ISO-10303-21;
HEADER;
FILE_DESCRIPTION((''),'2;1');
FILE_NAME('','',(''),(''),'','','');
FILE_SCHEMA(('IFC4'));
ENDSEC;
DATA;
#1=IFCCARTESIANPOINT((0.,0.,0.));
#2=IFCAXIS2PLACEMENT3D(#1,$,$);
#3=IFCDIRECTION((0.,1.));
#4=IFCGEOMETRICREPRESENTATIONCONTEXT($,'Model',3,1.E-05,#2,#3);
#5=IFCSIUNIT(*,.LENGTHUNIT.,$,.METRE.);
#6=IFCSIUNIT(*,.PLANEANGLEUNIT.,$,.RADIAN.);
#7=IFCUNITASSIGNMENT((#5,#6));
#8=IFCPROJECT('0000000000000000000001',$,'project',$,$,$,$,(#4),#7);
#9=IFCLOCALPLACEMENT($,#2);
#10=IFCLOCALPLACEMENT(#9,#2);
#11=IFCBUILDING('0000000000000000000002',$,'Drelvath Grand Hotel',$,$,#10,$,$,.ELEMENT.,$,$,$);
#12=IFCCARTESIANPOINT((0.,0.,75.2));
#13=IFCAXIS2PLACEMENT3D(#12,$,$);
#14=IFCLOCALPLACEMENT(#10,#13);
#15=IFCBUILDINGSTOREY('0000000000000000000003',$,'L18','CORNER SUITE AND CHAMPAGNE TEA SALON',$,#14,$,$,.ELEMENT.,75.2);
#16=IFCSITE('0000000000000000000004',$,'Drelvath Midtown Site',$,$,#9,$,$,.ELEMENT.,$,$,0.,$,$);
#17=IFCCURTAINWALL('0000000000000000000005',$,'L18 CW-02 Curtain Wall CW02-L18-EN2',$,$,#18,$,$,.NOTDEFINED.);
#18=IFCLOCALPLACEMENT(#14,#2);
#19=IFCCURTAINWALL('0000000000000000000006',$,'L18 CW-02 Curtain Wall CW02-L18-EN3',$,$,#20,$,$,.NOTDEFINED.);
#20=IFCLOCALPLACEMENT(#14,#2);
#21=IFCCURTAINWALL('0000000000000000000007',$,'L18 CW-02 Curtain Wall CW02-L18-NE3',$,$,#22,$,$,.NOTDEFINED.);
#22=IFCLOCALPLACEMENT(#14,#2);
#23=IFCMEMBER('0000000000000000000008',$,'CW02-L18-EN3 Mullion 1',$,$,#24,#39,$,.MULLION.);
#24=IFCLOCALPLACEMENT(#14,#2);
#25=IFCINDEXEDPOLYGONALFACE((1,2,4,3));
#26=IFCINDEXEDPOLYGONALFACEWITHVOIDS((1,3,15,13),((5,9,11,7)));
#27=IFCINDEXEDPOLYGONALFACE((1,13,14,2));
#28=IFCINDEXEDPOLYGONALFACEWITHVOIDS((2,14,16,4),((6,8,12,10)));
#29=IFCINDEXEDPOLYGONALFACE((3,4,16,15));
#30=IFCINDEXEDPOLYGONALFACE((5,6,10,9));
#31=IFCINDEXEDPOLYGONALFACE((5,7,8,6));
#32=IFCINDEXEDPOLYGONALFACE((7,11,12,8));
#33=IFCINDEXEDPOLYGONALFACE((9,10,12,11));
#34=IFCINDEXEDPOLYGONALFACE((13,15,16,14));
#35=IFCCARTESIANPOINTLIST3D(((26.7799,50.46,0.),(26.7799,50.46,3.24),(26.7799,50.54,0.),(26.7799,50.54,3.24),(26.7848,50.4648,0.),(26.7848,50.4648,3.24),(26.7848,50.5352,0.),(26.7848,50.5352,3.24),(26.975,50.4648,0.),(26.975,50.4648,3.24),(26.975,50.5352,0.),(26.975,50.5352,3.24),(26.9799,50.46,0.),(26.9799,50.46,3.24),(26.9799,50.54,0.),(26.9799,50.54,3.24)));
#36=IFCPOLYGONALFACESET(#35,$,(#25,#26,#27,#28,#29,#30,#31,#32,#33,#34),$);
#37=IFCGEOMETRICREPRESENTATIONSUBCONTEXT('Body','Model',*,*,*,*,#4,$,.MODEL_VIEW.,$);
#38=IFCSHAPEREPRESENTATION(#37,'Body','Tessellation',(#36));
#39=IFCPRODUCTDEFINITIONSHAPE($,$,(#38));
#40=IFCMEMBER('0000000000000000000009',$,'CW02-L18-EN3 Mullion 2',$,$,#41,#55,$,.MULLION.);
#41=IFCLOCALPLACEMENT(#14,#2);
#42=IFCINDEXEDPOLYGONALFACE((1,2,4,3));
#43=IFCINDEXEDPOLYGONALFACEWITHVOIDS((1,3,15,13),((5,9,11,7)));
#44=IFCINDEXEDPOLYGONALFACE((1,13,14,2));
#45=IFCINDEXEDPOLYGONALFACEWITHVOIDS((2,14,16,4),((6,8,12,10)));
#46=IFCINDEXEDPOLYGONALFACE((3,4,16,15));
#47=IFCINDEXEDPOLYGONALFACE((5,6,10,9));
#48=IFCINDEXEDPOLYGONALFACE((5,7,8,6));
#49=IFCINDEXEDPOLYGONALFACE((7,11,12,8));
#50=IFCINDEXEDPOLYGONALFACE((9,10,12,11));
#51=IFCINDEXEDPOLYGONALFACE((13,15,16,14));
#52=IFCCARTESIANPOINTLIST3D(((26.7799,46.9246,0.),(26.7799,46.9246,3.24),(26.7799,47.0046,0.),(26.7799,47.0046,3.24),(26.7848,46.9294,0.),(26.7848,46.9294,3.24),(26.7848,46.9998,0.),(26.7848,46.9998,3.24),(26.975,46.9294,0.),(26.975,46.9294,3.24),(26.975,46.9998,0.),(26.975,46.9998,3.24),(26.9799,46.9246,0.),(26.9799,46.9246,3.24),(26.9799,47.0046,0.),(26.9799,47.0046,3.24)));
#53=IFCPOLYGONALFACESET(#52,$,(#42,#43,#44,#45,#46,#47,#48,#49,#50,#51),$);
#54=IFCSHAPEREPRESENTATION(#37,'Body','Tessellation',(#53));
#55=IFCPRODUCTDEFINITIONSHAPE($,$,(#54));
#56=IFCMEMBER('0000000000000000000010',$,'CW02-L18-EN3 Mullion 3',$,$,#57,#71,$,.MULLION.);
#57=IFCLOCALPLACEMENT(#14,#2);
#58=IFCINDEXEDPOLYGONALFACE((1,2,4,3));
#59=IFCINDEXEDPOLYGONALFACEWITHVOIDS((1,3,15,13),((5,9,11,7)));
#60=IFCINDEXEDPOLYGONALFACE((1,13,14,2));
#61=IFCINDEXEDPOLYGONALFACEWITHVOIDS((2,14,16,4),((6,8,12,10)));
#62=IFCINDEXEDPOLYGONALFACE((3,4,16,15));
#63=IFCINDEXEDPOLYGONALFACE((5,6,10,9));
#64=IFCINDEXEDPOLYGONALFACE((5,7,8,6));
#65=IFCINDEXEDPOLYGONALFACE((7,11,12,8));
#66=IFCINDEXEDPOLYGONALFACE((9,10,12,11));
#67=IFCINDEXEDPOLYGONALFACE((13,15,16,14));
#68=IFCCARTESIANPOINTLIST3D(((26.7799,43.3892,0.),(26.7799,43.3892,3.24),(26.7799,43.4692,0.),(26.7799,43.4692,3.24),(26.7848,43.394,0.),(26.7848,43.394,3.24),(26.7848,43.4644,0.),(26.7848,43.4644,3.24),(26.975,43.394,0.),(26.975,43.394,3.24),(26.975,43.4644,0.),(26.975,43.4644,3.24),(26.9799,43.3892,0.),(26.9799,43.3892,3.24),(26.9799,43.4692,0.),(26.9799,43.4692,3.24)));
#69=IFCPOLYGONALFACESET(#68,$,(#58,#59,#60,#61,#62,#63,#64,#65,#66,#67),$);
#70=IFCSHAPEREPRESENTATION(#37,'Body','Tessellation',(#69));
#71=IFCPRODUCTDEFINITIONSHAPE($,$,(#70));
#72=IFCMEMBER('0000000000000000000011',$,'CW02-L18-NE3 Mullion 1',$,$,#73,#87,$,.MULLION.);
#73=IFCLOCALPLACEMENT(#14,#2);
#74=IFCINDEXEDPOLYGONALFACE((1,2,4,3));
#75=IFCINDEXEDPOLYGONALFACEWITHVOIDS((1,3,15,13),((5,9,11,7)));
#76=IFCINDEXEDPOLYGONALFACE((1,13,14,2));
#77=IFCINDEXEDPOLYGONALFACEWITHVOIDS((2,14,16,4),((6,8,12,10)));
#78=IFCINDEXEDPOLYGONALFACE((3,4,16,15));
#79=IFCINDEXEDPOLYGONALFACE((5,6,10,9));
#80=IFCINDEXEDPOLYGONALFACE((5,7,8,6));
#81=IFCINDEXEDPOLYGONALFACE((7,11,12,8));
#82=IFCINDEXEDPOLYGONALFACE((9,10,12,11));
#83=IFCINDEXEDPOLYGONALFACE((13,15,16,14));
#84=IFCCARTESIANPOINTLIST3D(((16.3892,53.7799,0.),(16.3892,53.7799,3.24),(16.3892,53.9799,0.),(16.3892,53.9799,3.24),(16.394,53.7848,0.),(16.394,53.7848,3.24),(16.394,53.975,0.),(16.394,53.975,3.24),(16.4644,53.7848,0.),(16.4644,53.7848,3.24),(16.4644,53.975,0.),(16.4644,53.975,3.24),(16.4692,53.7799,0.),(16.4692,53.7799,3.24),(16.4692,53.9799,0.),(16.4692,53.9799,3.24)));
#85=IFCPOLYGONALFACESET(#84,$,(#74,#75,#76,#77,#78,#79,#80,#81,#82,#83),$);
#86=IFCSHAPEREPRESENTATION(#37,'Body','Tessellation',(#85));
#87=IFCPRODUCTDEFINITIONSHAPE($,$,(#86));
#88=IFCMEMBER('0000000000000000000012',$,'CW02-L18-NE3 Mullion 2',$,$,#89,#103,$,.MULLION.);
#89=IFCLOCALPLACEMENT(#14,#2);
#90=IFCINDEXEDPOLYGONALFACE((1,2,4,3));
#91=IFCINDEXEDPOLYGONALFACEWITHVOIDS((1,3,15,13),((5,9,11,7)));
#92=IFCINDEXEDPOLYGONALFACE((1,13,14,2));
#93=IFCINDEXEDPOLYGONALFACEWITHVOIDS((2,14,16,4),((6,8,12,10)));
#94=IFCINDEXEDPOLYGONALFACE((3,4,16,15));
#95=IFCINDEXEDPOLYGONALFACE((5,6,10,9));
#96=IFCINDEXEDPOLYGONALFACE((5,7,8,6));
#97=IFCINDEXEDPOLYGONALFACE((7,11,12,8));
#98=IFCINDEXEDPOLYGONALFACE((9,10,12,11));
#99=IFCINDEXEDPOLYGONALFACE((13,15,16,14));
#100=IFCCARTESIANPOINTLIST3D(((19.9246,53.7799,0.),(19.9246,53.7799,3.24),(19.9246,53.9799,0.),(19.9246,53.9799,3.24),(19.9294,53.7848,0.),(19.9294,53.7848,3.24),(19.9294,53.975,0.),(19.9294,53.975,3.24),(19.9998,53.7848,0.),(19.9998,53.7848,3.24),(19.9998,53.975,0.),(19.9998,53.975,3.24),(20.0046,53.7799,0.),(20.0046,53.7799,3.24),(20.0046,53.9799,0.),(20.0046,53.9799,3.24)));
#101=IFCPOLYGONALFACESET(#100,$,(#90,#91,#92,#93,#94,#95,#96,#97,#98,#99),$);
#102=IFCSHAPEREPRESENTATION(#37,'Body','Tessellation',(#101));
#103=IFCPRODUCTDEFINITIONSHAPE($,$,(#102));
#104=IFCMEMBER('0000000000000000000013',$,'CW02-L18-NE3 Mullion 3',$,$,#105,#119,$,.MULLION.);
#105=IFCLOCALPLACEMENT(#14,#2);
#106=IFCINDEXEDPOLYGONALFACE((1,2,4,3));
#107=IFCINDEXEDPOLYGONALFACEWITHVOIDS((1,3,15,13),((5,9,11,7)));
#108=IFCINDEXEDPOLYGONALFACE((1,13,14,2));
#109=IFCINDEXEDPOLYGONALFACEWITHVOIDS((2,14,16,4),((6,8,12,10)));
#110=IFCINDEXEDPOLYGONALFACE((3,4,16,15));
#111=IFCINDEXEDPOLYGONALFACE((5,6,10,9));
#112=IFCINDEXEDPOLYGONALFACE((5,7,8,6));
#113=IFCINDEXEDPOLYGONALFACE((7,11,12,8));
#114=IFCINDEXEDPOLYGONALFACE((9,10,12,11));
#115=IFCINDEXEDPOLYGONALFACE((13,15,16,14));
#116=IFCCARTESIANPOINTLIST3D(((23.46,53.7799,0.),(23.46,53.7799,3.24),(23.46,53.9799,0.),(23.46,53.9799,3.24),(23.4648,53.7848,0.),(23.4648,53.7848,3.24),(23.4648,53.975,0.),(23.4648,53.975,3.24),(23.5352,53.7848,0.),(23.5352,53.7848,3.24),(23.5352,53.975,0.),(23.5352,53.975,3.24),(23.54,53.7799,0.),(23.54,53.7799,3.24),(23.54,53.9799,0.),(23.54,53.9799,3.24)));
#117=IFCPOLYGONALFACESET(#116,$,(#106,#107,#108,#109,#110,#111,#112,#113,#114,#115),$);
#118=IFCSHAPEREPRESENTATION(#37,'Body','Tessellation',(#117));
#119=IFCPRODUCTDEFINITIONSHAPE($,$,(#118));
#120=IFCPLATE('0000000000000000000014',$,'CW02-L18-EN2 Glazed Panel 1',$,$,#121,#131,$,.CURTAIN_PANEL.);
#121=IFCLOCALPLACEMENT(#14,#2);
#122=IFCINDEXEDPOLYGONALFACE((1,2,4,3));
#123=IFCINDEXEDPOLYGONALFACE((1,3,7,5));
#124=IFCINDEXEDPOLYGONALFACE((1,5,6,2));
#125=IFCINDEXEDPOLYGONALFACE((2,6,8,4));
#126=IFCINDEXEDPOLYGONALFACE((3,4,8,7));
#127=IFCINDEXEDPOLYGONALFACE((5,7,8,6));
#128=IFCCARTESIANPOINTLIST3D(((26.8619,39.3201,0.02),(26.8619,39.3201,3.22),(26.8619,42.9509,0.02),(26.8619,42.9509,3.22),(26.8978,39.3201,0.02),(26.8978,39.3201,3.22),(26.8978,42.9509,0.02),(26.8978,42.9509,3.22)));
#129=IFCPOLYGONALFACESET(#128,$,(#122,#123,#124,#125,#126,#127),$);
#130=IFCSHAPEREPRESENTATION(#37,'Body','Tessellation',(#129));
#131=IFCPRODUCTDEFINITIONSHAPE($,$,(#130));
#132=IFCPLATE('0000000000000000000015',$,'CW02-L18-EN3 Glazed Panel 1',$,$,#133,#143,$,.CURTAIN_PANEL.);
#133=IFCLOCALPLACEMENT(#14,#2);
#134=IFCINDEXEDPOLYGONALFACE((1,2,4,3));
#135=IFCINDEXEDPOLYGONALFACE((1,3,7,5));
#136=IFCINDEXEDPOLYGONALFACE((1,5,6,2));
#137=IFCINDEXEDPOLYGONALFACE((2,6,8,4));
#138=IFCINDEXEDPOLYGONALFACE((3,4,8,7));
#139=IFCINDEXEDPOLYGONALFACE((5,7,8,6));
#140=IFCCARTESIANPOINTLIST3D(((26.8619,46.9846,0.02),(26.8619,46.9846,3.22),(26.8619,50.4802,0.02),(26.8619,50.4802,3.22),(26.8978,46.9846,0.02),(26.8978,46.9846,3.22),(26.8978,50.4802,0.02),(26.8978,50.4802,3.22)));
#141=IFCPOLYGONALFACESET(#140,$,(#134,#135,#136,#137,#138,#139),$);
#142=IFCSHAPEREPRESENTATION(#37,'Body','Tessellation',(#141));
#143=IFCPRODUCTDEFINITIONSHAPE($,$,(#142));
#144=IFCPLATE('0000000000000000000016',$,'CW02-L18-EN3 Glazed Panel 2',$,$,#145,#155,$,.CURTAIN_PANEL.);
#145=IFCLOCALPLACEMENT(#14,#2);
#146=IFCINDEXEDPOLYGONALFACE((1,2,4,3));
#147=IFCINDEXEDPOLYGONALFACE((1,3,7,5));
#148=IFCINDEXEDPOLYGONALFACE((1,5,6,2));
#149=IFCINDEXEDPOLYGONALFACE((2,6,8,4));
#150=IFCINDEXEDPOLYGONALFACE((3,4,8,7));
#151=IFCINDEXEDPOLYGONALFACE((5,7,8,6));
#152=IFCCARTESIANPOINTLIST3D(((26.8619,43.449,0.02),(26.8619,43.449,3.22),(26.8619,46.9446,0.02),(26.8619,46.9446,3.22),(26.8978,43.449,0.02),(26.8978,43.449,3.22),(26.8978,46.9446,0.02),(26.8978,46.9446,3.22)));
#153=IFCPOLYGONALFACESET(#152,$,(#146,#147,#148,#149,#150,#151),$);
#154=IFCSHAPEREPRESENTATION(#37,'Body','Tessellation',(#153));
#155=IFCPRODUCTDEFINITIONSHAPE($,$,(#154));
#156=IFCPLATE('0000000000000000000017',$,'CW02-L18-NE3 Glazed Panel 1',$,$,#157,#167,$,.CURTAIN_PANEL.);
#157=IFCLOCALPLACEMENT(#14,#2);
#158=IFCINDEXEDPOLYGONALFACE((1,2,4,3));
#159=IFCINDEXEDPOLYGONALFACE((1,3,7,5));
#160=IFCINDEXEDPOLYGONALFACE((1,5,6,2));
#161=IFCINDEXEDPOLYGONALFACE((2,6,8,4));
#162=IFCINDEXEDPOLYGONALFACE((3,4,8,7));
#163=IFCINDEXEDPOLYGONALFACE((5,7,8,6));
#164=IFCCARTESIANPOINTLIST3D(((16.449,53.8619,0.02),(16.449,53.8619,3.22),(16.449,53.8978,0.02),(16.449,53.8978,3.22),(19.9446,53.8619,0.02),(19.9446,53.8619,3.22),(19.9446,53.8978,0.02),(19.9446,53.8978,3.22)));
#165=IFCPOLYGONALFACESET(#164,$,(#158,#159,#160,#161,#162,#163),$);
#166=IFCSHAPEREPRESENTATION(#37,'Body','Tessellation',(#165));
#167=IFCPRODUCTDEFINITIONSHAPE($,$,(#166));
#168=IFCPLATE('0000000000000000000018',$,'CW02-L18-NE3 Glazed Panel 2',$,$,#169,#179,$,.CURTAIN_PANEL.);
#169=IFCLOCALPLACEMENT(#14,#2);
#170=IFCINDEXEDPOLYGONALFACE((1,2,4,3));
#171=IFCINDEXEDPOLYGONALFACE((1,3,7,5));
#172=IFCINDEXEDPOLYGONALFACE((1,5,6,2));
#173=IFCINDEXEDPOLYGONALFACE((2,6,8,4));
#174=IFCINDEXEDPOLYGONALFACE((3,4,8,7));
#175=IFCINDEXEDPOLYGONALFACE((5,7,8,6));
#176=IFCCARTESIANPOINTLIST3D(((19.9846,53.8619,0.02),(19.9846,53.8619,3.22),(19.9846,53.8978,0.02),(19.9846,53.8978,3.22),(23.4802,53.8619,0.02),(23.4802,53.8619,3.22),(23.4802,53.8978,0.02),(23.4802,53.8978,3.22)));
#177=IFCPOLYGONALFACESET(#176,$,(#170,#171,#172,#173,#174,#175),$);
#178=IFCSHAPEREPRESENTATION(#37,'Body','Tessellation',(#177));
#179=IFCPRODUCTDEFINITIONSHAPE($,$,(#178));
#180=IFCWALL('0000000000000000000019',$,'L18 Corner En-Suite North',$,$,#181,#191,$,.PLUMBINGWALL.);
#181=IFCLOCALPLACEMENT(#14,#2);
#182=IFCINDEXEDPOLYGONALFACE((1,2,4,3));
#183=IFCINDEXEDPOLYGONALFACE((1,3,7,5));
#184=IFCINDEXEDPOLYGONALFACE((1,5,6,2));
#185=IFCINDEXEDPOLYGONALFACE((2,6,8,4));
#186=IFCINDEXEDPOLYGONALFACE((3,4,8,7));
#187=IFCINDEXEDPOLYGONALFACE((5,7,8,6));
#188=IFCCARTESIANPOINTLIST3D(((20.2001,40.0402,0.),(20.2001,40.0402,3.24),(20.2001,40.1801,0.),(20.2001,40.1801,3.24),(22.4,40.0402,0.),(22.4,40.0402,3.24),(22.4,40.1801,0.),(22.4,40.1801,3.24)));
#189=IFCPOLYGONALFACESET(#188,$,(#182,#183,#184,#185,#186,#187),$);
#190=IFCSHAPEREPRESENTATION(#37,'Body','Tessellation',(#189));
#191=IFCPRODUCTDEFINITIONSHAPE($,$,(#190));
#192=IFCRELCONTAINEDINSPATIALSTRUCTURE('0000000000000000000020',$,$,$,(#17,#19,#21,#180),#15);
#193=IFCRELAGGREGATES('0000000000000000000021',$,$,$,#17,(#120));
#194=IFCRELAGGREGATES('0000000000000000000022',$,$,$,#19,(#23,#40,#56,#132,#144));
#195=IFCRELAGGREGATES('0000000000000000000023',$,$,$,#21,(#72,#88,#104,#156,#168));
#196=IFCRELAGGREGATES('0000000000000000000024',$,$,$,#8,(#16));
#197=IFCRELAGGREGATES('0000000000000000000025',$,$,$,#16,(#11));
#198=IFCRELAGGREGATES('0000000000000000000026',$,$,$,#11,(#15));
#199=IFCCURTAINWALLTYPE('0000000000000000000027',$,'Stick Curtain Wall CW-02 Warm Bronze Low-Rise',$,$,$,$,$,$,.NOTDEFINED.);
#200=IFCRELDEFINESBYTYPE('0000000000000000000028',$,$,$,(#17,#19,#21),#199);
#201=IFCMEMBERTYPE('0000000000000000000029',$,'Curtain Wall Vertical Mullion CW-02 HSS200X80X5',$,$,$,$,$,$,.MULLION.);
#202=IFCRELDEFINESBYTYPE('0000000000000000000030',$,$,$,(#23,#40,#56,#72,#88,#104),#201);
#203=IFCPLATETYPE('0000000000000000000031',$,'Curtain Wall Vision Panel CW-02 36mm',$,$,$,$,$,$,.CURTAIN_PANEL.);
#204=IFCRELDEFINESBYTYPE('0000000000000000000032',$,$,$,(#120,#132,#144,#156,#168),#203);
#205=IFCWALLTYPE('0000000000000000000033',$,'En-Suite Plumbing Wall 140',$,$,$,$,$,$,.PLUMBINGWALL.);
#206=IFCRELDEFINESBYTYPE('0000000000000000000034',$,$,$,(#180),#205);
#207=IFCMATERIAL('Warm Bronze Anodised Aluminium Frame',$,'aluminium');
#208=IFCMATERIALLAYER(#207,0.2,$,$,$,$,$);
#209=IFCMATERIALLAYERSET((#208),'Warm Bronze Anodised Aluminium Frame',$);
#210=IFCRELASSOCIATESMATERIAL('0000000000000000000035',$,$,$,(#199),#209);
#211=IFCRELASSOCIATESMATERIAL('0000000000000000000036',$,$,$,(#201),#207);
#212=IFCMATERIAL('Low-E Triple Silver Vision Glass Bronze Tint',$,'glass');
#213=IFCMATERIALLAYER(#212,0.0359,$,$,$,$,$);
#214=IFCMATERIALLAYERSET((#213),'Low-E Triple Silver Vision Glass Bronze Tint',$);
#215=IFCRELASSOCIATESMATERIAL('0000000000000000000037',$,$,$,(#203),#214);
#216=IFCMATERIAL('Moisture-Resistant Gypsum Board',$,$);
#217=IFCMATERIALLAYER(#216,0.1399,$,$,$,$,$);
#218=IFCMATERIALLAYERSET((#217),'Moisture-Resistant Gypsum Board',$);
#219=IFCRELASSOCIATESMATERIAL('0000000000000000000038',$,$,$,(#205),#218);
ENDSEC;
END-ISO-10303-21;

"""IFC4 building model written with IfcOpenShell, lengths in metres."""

from ifc_helpers import new_model, si_unit, direction, frame, frame_2d, origin, origin_2d, place, context, subcontext, project, spatial, rectangle, hollow_rectangle, extrude, material, layer, layer_set, material_profile, profile_set, type_object, element, aggregate, save


model = new_model("IFC4")

# Units and contexts
model_context = context("Model", 3, precision=1e-05, world=origin(), true_north=direction((0.0, 1.0)))
body_context = subcontext(model_context, "Body", "Model", "MODEL_VIEW")
ifc_project = project(units=[si_unit("LENGTHUNIT", "METRE"), si_unit("PLANEANGLEUNIT", "RADIAN")], contexts=[model_context])

# Site, building, storey
site_placement = place(None, origin())
site = spatial("IfcSite", under=ifc_project, at=site_placement, Name="Drelvath Midtown Site", CompositionType="ELEMENT", RefElevation=0.0)
building_placement = place(site_placement, origin())
building = spatial("IfcBuilding", under=site, at=building_placement, Name="Drelvath Grand Hotel", CompositionType="ELEMENT")
storey_placement = place(building_placement, frame((0.0, 0.0, 75.2)))
storey = spatial("IfcBuildingStorey", under=building, at=storey_placement, Name="L18", Description="CORNER SUITE AND CHAMPAGNE TEA SALON", CompositionType="ELEMENT", Elevation=75.2)

# Curtain walls
ifc_material_1 = material(Name="Warm Bronze Anodised Aluminium Frame", Category="aluminium")
ifc_layer_1 = layer(ifc_material_1, 0.2)
ifc_layer_set_1 = layer_set([ifc_layer_1], Name="Warm Bronze Anodised Aluminium Frame")
curtain_wall_type = type_object("IfcCurtainWallType", Name="Stick Curtain Wall CW-02 Warm Bronze Low-Rise", PredefinedType="NOTDEFINED", material=ifc_layer_set_1)
curtain_wall_1_placement = place(storey_placement, origin())
curtain_wall_1 = element("IfcCurtainWall", 1, at=curtain_wall_1_placement, inside=storey, type_object=curtain_wall_type, Name="L18 CW-02 Curtain Wall CW02-L18-EN2", PredefinedType="NOTDEFINED")
curtain_wall_2_placement = place(storey_placement, origin())
curtain_wall_2 = element("IfcCurtainWall", 2, at=curtain_wall_2_placement, inside=storey, type_object=curtain_wall_type, Name="L18 CW-02 Curtain Wall CW02-L18-EN3", PredefinedType="NOTDEFINED")
curtain_wall_3_placement = place(storey_placement, origin())
curtain_wall_3 = element("IfcCurtainWall", 3, at=curtain_wall_3_placement, inside=storey, type_object=curtain_wall_type, Name="L18 CW-02 Curtain Wall CW02-L18-NE3", PredefinedType="NOTDEFINED")

# Members
ifc_material_profile_1 = material_profile(ifc_material_1, hollow_rectangle(XDim=0.0801, YDim=0.2, WallThickness=0.0049, at=origin_2d()), Name="HSS200X80X5")
ifc_profile_set_1 = profile_set([ifc_material_profile_1], Name="Warm Bronze Anodised Aluminium Frame")
member_type_1 = type_object("IfcMemberType", Name="Curtain Wall Vertical Mullion CW-02 HSS200X80X5", PredefinedType="MULLION", material=ifc_profile_set_1)
member_1_placement = place(storey_placement, frame((26.8799, 50.5, 0.0), z_axis=(0.0, 0.0, 1.0), x_axis=(0.0, 1.0, 0.0)))
member_1 = element("IfcMember", 4, at=member_1_placement, type_object=member_type_1, Name="CW02-L18-EN3 Mullion 1", PredefinedType="MULLION", context=body_context, shape_type="SweptSolid", body=[
    extrude(hollow_rectangle(XDim=0.0801, YDim=0.2, WallThickness=0.0049, at=origin_2d()), origin(), (0.0, 0.0, 1.0), 3.24),
])
member_2_placement = place(storey_placement, frame((26.8799, 46.9646, 0.0), z_axis=(0.0, 0.0, 1.0), x_axis=(0.0, 1.0, 0.0)))
member_2 = element("IfcMember", 5, at=member_2_placement, type_object=member_type_1, Name="CW02-L18-EN3 Mullion 2", PredefinedType="MULLION", context=body_context, shape_type="SweptSolid", body=[
    extrude(hollow_rectangle(XDim=0.0801, YDim=0.2, WallThickness=0.0049, at=origin_2d()), origin(), (0.0, 0.0, 1.0), 3.24),
])
member_3_placement = place(storey_placement, frame((26.8799, 43.4292, 0.0), z_axis=(0.0, 0.0, 1.0), x_axis=(0.0, 1.0, 0.0)))
member_3 = element("IfcMember", 6, at=member_3_placement, type_object=member_type_1, Name="CW02-L18-EN3 Mullion 3", PredefinedType="MULLION", context=body_context, shape_type="SweptSolid", body=[
    extrude(hollow_rectangle(XDim=0.0801, YDim=0.2, WallThickness=0.0049, at=origin_2d()), origin(), (0.0, 0.0, 1.0), 3.24),
])
member_4_placement = place(storey_placement, frame((16.4292, 53.8799, 0.0), z_axis=(0.0, 0.0, 1.0), x_axis=(1.0, 0.0, 0.0)))
member_4 = element("IfcMember", 7, at=member_4_placement, type_object=member_type_1, Name="CW02-L18-NE3 Mullion 1", PredefinedType="MULLION", context=body_context, shape_type="SweptSolid", body=[
    extrude(hollow_rectangle(XDim=0.0801, YDim=0.2, WallThickness=0.0049, at=origin_2d()), origin(), (0.0, 0.0, 1.0), 3.24),
])
member_5_placement = place(storey_placement, frame((19.9646, 53.8799, 0.0), z_axis=(0.0, 0.0, 1.0), x_axis=(1.0, 0.0, 0.0)))
member_5 = element("IfcMember", 8, at=member_5_placement, type_object=member_type_1, Name="CW02-L18-NE3 Mullion 2", PredefinedType="MULLION", context=body_context, shape_type="SweptSolid", body=[
    extrude(hollow_rectangle(XDim=0.0801, YDim=0.2, WallThickness=0.0049, at=origin_2d()), origin(), (0.0, 0.0, 1.0), 3.24),
])
member_6_placement = place(storey_placement, frame((23.5, 53.8799, 0.0), z_axis=(0.0, 0.0, 1.0), x_axis=(1.0, 0.0, 0.0)))
member_6 = element("IfcMember", 9, at=member_6_placement, type_object=member_type_1, Name="CW02-L18-NE3 Mullion 3", PredefinedType="MULLION", context=body_context, shape_type="SweptSolid", body=[
    extrude(hollow_rectangle(XDim=0.0801, YDim=0.2, WallThickness=0.0049, at=origin_2d()), origin(), (0.0, 0.0, 1.0), 3.24),
])

# Plates
ifc_material_2 = material(Name="Low-E Triple Silver Vision Glass Bronze Tint", Category="glass")
ifc_layer_2 = layer(ifc_material_2, 0.0359)
ifc_layer_set_2 = layer_set([ifc_layer_2], Name="Low-E Triple Silver Vision Glass Bronze Tint")
plate_type = type_object("IfcPlateType", Name="Curtain Wall Vision Panel CW-02 36mm", PredefinedType="CURTAIN_PANEL", material=ifc_layer_set_2)
plate_1_placement = place(storey_placement, frame((26.8799, 41.1355, 0.02), z_axis=(0.0, 0.0, 1.0), x_axis=(0.0, -1.0, 0.0)))
plate_1 = element("IfcPlate", 10, at=plate_1_placement, type_object=plate_type, Name="CW02-L18-EN2 Glazed Panel 1", PredefinedType="CURTAIN_PANEL", context=body_context, shape_type="SweptSolid", body=[
    extrude(rectangle(XDim=3.6309, YDim=0.0359, at=origin_2d()), origin(), (0.0, 0.0, 1.0), 3.2),
])
aggregate(curtain_wall_1, [plate_1])
plate_2_placement = place(storey_placement, frame((26.8799, 48.7324, 0.02), z_axis=(0.0, 0.0, 1.0), x_axis=(0.0, -1.0, 0.0)))
plate_2 = element("IfcPlate", 11, at=plate_2_placement, type_object=plate_type, Name="CW02-L18-EN3 Glazed Panel 1", PredefinedType="CURTAIN_PANEL", context=body_context, shape_type="SweptSolid", body=[
    extrude(rectangle(XDim=3.4956, YDim=0.0359, at=origin_2d()), origin(), (0.0, 0.0, 1.0), 3.2),
])
plate_3_placement = place(storey_placement, frame((26.8799, 45.1968, 0.02), z_axis=(0.0, 0.0, 1.0), x_axis=(0.0, -1.0, 0.0)))
plate_3 = element("IfcPlate", 12, at=plate_3_placement, type_object=plate_type, Name="CW02-L18-EN3 Glazed Panel 2", PredefinedType="CURTAIN_PANEL", context=body_context, shape_type="SweptSolid", body=[
    extrude(rectangle(XDim=3.4956, YDim=0.0359, at=origin_2d()), origin(), (0.0, 0.0, 1.0), 3.2),
])
aggregate(curtain_wall_2, [member_1, member_2, member_3, plate_2, plate_3])
plate_4_placement = place(storey_placement, frame((18.1968, 53.8799, 0.02), z_axis=(0.0, 0.0, 1.0), x_axis=(1.0, 0.0, 0.0)))
plate_4 = element("IfcPlate", 13, at=plate_4_placement, type_object=plate_type, Name="CW02-L18-NE3 Glazed Panel 1", PredefinedType="CURTAIN_PANEL", context=body_context, shape_type="SweptSolid", body=[
    extrude(rectangle(XDim=3.4956, YDim=0.0359, at=origin_2d()), origin(), (0.0, 0.0, 1.0), 3.2),
])
plate_5_placement = place(storey_placement, frame((21.7324, 53.8799, 0.02), z_axis=(0.0, 0.0, 1.0), x_axis=(1.0, 0.0, 0.0)))
plate_5 = element("IfcPlate", 14, at=plate_5_placement, type_object=plate_type, Name="CW02-L18-NE3 Glazed Panel 2", PredefinedType="CURTAIN_PANEL", context=body_context, shape_type="SweptSolid", body=[
    extrude(rectangle(XDim=3.4956, YDim=0.0359, at=origin_2d()), origin(), (0.0, 0.0, 1.0), 3.2),
])
aggregate(curtain_wall_3, [member_4, member_5, member_6, plate_4, plate_5])

# Wall
ifc_material_3 = material(Name="Moisture-Resistant Gypsum Board")
ifc_layer_3 = layer(ifc_material_3, 0.1399)
ifc_layer_set_3 = layer_set([ifc_layer_3], Name="Moisture-Resistant Gypsum Board")
wall_type_1 = type_object("IfcWallType", Name="En-Suite Plumbing Wall 140", PredefinedType="PLUMBINGWALL", material=ifc_layer_set_3)
wall_1_placement = place(storey_placement, frame((20.2, 40.1101, 0.0), z_axis=(0.0, 0.0, 1.0), x_axis=(1.0, 0.0, 0.0)))
element("IfcWall", 15, at=wall_1_placement, inside=storey, type_object=wall_type_1, Name="L18 Corner En-Suite North", PredefinedType="PLUMBINGWALL", context=body_context, shape_type="SweptSolid", body=[
    extrude(rectangle(XDim=2.2, YDim=0.1399, at=frame_2d((1.1001, 0.0))), origin(), (0.0, 0.0, 1.0), 3.24),
])

save(model, "model.ifc")
